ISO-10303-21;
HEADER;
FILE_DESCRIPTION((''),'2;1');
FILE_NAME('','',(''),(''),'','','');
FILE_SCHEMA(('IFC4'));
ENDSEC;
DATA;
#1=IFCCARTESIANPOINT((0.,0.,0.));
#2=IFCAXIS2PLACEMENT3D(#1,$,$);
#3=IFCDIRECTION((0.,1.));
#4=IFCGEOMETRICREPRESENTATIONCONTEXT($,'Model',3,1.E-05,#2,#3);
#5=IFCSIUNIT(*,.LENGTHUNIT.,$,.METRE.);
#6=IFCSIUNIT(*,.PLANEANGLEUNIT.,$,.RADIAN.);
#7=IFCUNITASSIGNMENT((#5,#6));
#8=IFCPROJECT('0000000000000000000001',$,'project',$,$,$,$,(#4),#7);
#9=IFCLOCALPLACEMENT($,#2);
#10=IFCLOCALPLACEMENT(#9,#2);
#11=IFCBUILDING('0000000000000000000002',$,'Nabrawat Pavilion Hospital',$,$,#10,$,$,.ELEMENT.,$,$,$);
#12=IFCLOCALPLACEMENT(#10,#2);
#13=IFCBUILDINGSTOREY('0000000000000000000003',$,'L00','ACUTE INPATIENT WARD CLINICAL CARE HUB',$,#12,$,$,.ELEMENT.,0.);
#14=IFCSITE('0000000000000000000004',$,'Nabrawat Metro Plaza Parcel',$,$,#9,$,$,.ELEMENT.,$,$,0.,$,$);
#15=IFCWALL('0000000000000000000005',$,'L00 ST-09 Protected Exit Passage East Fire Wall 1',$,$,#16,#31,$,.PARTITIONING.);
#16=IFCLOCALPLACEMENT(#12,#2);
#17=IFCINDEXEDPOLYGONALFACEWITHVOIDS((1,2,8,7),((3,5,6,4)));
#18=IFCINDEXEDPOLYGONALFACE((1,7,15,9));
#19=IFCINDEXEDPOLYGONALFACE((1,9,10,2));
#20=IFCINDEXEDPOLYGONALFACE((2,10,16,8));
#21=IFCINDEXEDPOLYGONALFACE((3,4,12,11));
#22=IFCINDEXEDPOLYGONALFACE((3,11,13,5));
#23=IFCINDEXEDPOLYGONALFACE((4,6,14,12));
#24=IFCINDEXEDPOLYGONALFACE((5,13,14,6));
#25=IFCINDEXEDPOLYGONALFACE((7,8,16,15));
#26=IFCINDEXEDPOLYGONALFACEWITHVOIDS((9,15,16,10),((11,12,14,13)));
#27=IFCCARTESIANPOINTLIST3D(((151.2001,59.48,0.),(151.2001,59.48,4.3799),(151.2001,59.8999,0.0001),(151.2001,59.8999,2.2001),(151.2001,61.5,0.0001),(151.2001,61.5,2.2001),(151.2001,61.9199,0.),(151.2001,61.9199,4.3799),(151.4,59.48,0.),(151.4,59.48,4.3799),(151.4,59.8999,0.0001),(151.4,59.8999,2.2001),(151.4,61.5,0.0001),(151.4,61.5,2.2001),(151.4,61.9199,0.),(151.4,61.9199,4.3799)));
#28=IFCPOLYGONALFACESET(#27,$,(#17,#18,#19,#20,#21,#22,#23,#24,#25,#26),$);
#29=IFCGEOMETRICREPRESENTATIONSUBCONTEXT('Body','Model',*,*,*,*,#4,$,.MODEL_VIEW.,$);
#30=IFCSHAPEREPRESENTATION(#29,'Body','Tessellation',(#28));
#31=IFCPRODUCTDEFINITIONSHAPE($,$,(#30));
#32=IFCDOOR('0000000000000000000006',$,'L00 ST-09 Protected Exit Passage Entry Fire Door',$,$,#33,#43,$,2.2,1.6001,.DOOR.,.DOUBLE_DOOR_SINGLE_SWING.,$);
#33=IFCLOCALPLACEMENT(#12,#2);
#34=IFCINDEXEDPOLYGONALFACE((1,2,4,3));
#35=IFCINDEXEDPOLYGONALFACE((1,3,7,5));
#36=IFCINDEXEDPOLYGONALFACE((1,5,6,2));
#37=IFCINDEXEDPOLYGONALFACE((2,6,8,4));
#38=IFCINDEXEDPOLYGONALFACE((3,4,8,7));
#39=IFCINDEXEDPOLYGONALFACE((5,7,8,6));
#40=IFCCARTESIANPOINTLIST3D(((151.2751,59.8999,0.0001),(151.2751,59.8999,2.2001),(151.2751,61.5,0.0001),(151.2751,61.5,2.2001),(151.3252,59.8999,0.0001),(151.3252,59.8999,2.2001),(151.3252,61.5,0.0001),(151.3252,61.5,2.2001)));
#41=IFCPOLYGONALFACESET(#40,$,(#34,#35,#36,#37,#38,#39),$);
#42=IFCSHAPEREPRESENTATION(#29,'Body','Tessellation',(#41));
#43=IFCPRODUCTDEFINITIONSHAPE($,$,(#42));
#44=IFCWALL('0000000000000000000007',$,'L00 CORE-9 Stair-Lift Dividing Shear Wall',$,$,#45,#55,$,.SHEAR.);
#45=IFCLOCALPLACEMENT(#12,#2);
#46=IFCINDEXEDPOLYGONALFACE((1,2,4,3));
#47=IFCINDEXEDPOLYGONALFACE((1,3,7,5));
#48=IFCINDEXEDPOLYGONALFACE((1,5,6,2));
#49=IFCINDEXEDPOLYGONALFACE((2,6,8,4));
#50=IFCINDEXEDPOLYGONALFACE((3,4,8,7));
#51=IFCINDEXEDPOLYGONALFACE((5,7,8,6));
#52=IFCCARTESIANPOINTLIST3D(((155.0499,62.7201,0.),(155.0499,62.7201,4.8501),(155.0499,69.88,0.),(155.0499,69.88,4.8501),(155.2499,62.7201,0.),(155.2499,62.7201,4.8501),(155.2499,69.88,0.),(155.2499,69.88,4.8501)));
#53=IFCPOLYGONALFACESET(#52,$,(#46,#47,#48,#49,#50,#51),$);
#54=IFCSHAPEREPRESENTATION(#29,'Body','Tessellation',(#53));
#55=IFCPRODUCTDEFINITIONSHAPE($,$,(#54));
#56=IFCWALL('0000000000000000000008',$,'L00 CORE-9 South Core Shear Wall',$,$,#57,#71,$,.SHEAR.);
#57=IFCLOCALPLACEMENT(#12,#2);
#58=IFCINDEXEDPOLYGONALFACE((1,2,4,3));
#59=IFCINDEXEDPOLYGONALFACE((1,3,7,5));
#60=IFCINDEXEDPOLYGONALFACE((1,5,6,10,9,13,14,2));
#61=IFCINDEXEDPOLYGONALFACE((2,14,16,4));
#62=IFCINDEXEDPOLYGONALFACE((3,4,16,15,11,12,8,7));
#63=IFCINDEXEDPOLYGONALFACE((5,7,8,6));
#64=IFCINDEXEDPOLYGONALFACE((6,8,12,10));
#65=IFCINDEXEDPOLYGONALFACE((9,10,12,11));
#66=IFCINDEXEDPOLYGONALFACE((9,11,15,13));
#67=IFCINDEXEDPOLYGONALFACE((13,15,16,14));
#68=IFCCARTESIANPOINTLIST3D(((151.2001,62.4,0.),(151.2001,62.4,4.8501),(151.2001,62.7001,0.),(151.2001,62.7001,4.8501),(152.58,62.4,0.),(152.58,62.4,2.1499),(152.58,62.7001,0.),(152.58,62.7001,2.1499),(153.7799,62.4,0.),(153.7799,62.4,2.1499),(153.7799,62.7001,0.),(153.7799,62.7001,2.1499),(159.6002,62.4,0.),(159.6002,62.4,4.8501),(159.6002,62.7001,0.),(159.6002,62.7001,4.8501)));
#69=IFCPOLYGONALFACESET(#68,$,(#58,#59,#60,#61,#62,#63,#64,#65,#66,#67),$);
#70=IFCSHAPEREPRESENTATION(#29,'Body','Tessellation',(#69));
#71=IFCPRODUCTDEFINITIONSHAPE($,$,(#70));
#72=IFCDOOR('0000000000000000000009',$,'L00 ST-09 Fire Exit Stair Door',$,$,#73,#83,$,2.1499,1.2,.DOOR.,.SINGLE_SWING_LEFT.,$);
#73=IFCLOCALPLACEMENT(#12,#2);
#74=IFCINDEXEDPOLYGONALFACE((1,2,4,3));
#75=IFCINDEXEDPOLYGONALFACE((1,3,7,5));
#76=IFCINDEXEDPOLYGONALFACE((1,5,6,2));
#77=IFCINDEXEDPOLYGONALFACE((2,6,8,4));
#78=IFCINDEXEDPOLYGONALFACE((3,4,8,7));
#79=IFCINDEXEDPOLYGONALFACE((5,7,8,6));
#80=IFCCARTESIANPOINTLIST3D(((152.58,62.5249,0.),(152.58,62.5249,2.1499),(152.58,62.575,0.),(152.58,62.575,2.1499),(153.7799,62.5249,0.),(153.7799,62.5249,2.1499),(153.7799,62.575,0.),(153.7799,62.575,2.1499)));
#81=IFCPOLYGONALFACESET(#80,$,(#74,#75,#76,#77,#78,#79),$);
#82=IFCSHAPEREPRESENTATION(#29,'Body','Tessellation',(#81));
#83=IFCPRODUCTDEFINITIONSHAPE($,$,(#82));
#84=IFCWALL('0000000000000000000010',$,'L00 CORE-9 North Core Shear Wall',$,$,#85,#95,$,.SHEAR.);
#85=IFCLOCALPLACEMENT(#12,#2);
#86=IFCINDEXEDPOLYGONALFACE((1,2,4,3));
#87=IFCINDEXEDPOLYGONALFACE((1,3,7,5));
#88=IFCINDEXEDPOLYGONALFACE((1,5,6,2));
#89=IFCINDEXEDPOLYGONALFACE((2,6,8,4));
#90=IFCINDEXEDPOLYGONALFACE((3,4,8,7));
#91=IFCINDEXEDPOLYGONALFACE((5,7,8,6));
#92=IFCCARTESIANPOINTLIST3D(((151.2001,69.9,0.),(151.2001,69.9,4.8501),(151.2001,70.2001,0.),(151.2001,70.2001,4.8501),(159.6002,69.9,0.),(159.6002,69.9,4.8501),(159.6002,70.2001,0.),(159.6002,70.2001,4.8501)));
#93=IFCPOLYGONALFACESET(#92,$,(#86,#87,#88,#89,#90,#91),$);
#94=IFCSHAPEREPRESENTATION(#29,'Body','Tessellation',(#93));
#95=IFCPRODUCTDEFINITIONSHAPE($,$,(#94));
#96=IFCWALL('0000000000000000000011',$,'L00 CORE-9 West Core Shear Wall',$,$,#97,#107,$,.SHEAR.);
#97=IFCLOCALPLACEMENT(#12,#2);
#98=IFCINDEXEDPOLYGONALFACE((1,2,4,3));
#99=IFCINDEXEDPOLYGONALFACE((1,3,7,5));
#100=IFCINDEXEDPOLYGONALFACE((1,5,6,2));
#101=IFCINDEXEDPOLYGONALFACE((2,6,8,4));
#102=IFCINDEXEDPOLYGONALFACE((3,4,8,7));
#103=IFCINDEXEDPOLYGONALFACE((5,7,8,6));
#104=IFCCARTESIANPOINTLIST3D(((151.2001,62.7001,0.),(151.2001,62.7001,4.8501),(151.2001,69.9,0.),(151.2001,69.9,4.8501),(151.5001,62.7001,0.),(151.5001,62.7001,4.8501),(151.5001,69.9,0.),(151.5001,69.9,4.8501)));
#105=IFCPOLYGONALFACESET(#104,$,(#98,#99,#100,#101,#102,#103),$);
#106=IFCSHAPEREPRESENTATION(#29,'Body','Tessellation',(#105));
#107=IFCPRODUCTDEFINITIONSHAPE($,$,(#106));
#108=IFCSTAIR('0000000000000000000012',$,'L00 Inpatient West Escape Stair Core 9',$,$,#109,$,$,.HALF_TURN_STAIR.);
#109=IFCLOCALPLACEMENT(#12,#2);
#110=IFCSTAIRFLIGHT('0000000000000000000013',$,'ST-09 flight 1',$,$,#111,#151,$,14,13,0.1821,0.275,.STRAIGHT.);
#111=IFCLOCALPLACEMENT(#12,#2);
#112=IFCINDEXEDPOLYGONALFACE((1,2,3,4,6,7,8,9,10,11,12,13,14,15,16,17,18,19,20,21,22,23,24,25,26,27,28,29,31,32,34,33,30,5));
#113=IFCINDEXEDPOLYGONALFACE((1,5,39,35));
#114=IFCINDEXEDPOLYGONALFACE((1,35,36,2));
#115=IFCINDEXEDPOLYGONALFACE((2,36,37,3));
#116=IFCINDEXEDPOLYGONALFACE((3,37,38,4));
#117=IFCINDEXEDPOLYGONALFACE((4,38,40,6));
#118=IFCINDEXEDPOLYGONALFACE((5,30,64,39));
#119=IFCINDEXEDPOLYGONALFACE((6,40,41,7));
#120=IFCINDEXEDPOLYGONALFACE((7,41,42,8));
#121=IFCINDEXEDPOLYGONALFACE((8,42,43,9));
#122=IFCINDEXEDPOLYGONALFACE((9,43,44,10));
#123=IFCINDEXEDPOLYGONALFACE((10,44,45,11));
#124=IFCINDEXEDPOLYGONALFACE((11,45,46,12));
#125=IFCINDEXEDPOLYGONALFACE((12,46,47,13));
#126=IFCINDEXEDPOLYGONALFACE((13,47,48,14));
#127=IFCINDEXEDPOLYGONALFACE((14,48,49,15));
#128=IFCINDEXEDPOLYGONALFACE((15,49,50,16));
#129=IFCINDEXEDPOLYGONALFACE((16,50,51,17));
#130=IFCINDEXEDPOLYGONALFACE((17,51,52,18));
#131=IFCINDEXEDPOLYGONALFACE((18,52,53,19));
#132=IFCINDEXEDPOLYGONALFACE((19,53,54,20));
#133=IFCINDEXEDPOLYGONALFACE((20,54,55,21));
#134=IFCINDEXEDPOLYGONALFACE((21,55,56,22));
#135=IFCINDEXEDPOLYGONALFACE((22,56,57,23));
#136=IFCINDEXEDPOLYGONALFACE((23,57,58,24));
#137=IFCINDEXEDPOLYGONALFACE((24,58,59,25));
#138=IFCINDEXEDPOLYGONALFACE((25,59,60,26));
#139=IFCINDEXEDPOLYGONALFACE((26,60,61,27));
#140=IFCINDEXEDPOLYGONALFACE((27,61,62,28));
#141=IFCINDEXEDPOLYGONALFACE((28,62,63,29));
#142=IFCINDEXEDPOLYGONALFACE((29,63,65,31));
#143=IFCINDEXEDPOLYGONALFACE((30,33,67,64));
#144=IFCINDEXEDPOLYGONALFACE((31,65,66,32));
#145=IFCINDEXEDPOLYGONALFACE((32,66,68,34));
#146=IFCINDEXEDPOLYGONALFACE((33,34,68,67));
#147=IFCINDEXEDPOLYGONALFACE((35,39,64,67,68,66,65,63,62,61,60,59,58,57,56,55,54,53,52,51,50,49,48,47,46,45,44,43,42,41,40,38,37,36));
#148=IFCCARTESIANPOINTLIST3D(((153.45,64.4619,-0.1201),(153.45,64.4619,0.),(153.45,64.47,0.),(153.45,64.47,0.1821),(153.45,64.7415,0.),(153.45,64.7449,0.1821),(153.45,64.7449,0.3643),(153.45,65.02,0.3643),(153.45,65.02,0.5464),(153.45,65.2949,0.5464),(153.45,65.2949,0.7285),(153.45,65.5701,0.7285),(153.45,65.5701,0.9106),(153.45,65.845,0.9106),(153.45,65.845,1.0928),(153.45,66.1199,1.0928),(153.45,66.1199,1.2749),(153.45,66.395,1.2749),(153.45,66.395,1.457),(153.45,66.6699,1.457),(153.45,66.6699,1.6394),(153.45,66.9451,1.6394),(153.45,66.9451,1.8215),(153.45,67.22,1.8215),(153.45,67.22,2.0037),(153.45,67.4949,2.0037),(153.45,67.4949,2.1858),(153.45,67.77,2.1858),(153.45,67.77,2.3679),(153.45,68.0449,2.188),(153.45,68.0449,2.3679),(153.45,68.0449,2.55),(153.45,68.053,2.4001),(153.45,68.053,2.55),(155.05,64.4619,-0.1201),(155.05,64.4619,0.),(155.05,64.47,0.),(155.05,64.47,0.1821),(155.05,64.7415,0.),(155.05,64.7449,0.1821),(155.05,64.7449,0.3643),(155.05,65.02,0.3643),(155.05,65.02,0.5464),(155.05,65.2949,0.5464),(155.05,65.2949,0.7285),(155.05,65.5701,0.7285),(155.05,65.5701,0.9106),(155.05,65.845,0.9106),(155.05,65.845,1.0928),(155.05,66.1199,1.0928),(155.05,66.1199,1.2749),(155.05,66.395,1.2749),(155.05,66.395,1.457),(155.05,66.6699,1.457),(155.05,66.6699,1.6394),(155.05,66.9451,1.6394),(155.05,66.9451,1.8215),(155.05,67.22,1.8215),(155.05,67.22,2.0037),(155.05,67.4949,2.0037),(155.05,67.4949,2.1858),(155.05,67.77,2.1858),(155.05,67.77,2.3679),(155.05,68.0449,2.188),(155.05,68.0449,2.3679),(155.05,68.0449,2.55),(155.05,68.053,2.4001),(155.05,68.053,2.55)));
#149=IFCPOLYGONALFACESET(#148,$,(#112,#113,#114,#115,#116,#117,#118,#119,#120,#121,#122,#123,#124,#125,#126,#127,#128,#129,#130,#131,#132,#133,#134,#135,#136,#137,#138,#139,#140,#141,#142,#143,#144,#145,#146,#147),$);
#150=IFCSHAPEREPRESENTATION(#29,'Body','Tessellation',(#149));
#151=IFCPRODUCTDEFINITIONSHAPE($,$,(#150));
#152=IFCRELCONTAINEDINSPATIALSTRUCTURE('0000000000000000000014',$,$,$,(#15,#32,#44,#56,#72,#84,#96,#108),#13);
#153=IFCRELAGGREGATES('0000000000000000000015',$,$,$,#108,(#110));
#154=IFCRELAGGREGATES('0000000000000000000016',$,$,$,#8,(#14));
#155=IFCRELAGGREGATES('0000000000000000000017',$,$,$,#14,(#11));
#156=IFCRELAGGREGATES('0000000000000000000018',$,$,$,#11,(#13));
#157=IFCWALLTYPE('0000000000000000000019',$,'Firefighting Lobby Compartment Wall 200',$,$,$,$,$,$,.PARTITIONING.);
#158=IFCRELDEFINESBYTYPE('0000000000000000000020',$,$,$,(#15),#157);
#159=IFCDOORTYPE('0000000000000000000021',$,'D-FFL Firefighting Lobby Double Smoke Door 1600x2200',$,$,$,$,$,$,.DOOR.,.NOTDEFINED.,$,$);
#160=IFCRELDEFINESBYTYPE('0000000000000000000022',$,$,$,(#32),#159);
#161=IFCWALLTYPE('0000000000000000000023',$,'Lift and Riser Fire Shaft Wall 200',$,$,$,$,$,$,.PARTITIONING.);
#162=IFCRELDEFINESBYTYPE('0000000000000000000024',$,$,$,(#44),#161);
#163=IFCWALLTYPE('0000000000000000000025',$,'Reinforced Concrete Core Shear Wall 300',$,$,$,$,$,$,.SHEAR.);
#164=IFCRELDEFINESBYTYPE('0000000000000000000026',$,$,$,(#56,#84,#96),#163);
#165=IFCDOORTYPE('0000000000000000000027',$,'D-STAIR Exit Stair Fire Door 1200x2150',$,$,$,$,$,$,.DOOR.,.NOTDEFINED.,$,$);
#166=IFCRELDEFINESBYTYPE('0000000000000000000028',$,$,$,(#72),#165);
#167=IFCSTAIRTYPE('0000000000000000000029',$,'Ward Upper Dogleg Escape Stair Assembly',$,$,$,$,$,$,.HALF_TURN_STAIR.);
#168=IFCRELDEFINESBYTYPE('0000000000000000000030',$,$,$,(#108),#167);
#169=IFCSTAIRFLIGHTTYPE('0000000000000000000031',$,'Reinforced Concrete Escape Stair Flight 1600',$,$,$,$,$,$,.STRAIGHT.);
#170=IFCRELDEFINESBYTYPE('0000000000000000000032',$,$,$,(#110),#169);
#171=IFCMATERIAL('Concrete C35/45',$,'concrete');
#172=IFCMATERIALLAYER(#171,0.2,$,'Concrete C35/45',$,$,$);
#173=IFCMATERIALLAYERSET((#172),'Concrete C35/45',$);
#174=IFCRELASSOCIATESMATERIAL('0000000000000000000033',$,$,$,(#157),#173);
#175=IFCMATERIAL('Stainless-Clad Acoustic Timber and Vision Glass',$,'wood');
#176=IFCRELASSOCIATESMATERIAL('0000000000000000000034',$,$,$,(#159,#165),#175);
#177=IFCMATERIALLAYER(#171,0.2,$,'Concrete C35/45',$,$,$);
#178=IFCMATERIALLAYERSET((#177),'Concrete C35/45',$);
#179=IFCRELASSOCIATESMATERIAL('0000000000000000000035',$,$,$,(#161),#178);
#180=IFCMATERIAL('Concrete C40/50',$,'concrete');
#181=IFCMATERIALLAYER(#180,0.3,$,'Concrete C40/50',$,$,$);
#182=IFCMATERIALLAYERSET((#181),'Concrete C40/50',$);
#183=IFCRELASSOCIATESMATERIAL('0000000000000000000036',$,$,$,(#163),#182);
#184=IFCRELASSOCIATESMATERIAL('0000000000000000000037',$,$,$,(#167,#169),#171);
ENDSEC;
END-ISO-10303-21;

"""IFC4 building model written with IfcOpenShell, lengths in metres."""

from ifc_helpers import new_model, si_unit, direction, frame, frame_2d, origin, place, context, subcontext, project, spatial, polyline, rectangle, outline, extrude, material, layer, layer_set, type_object, element, fill, aggregate, save


model = new_model("IFC4")

# Units and contexts
model_context = context("Model", 3, precision=1e-05, world=origin(), true_north=direction((0.0, 1.0)))
body_context = subcontext(model_context, "Body", "Model", "MODEL_VIEW")
ifc_project = project(units=[si_unit("LENGTHUNIT", "METRE"), si_unit("PLANEANGLEUNIT", "RADIAN")], contexts=[model_context])

# Site, building, storey
site_placement = place(None, origin())
site = spatial("IfcSite", under=ifc_project, at=site_placement, Name="Nabrawat Metro Plaza Parcel", CompositionType="ELEMENT", RefElevation=0.0)
building_placement = place(site_placement, origin())
building = spatial("IfcBuilding", under=site, at=building_placement, Name="Nabrawat Pavilion Hospital", CompositionType="ELEMENT")
storey_placement = place(building_placement, origin())
storey = spatial("IfcBuildingStorey", under=building, at=storey_placement, Name="L00", Description="ACUTE INPATIENT WARD CLINICAL CARE HUB", CompositionType="ELEMENT", Elevation=0.0)

# Shared definitions
ifc_material_1 = material(Name="Concrete C40/50", Category="concrete")

# Shared definitions
ifc_material_2 = material(Name="Concrete C35/45", Category="concrete")
ifc_layer_1 = layer(ifc_material_2, 0.2, Name="Concrete C35/45")
ifc_layer_set_1 = layer_set([ifc_layer_1], Name="Concrete C35/45")
wall_type_1 = type_object("IfcWallType", Name="Firefighting Lobby Compartment Wall 200", PredefinedType="PARTITIONING", material=ifc_layer_set_1)

# Wall, opening, door
wall_1_placement = place(storey_placement, frame((151.3, 59.48, 0.0), z_axis=(0.0, 0.0, 1.0), x_axis=(0.0, 1.0, 0.0)))
wall_1 = element("IfcWall", 1, at=wall_1_placement, inside=storey, type_object=wall_type_1, Name="L00 ST-09 Protected Exit Passage East Fire Wall 1", PredefinedType="PARTITIONING", context=body_context, shape_type="SweptSolid", body=[
    extrude(rectangle(XDim=2.4399, YDim=0.2, at=frame_2d((1.22, 0.0))), origin(), (0.0, 0.0, 1.0), 4.3799),
])
opening_1_placement = place(wall_1_placement, frame((0.4199, 0.0, 0.0)))
opening_1 = element("IfcOpeningElement", 2, at=opening_1_placement, cuts=wall_1, PredefinedType="OPENING", context=body_context, shape_type="SweptSolid", body=[
    extrude(rectangle(XDim=1.6001, YDim=2.2, at=frame_2d((0.8, 1.1001))), frame((0.0, 0.1099, 0.0), z_axis=(0.0, -1.0, 0.0), x_axis=(1.0, 0.0, 0.0)), (0.0, 0.0, 1.0), 0.22),
])
ifc_material_3 = material(Name="Stainless-Clad Acoustic Timber and Vision Glass", Category="wood")
door_type_1 = type_object("IfcDoorType", Name="D-FFL Firefighting Lobby Double Smoke Door 1600x2200", OperationType="NOTDEFINED", PredefinedType="DOOR", material=ifc_material_3)
door_1_placement = place(opening_1_placement, origin())
door_1 = element("IfcDoor", 3, at=door_1_placement, inside=storey, type_object=door_type_1, Name="L00 ST-09 Protected Exit Passage Entry Fire Door", OperationType="DOUBLE_DOOR_SINGLE_SWING", OverallHeight=2.2, OverallWidth=1.6001, PredefinedType="DOOR", context=body_context, shape_type="SweptSolid", body=[
    extrude(rectangle(XDim=1.6001, YDim=2.2, at=frame_2d((0.8, 1.1001))), frame((0.0, 0.0249, 0.0), z_axis=(0.0, -1.0, 0.0), x_axis=(1.0, 0.0, 0.0)), (0.0, 0.0, 1.0), 0.05),
])
fill(opening_1, door_1)

# Wall
ifc_layer_2 = layer(ifc_material_2, 0.2, Name="Concrete C35/45")
ifc_layer_set_2 = layer_set([ifc_layer_2], Name="Concrete C35/45")
wall_type_2 = type_object("IfcWallType", Name="Lift and Riser Fire Shaft Wall 200", PredefinedType="PARTITIONING", material=ifc_layer_set_2)
wall_2_placement = place(storey_placement, frame((155.1499, 62.72, 0.0), z_axis=(0.0, 0.0, 1.0), x_axis=(0.0, 1.0, 0.0)))
element("IfcWall", 4, at=wall_2_placement, inside=storey, type_object=wall_type_2, Name="L00 CORE-9 Stair-Lift Dividing Shear Wall", PredefinedType="SHEAR", context=body_context, shape_type="SweptSolid", body=[
    extrude(rectangle(XDim=7.1599, YDim=0.2, at=frame_2d((3.5801, 0.0))), origin(), (0.0, 0.0, 1.0), 4.8501),
])

# Wall, opening, door
ifc_layer_3 = layer(ifc_material_1, 0.3, Name="Concrete C40/50")
ifc_layer_set_3 = layer_set([ifc_layer_3], Name="Concrete C40/50")
wall_type_3 = type_object("IfcWallType", Name="Reinforced Concrete Core Shear Wall 300", PredefinedType="SHEAR", material=ifc_layer_set_3)
wall_3_placement = place(storey_placement, frame((151.2, 62.55, 0.0), z_axis=(0.0, 0.0, 1.0), x_axis=(1.0, 0.0, 0.0)))
wall_3 = element("IfcWall", 5, at=wall_3_placement, inside=storey, type_object=wall_type_3, Name="L00 CORE-9 South Core Shear Wall", PredefinedType="SHEAR", context=body_context, shape_type="SweptSolid", body=[
    extrude(rectangle(XDim=8.4001, YDim=0.3, at=frame_2d((4.2002, 0.0))), origin(), (0.0, 0.0, 1.0), 4.8501),
])
opening_2_placement = place(wall_3_placement, frame((1.3799, 0.0, 0.0)))
opening_2 = element("IfcOpeningElement", 6, at=opening_2_placement, cuts=wall_3, PredefinedType="OPENING", context=body_context, shape_type="SweptSolid", body=[
    extrude(rectangle(XDim=1.2, YDim=2.1499, at=frame_2d((0.6001, 1.075))), frame((0.0, 0.1602, 0.0), z_axis=(0.0, -1.0, 0.0), x_axis=(1.0, 0.0, 0.0)), (0.0, 0.0, 1.0), 0.3201),
])
door_type_2 = type_object("IfcDoorType", Name="D-STAIR Exit Stair Fire Door 1200x2150", OperationType="NOTDEFINED", PredefinedType="DOOR", material=ifc_material_3)
door_2_placement = place(opening_2_placement, origin())
door_2 = element("IfcDoor", 7, at=door_2_placement, inside=storey, type_object=door_type_2, Name="L00 ST-09 Fire Exit Stair Door", OperationType="SINGLE_SWING_LEFT", OverallHeight=2.1499, OverallWidth=1.2, PredefinedType="DOOR", context=body_context, shape_type="SweptSolid", body=[
    extrude(rectangle(XDim=1.2, YDim=2.1499, at=frame_2d((0.6001, 1.075))), frame((0.0, 0.0249, 0.0), z_axis=(0.0, -1.0, 0.0), x_axis=(1.0, 0.0, 0.0)), (0.0, 0.0, 1.0), 0.05),
])
fill(opening_2, door_2)

# Walls
wall_4_placement = place(storey_placement, frame((151.2, 70.05, 0.0), z_axis=(0.0, 0.0, 1.0), x_axis=(1.0, 0.0, 0.0)))
element("IfcWall", 8, at=wall_4_placement, inside=storey, type_object=wall_type_3, Name="L00 CORE-9 North Core Shear Wall", PredefinedType="SHEAR", context=body_context, shape_type="SweptSolid", body=[
    extrude(rectangle(XDim=8.4001, YDim=0.3, at=frame_2d((4.2002, 0.0))), origin(), (0.0, 0.0, 1.0), 4.8501),
])
wall_5_placement = place(storey_placement, frame((151.3501, 62.7, 0.0), z_axis=(0.0, 0.0, 1.0), x_axis=(0.0, 1.0, 0.0)))
element("IfcWall", 9, at=wall_5_placement, inside=storey, type_object=wall_type_3, Name="L00 CORE-9 West Core Shear Wall", PredefinedType="SHEAR", context=body_context, shape_type="SweptSolid", body=[
    extrude(rectangle(XDim=7.2, YDim=0.3, at=frame_2d((3.6001, 0.0))), origin(), (0.0, 0.0, 1.0), 4.8501),
])

# Stair, stair flight
stair_type = type_object("IfcStairType", Name="Ward Upper Dogleg Escape Stair Assembly", PredefinedType="HALF_TURN_STAIR", material=ifc_material_2)
stair_placement = place(storey_placement, origin())
stair = element("IfcStair", 10, at=stair_placement, inside=storey, type_object=stair_type, Name="L00 Inpatient West Escape Stair Core 9", PredefinedType="HALF_TURN_STAIR")
stair_flight_type = type_object("IfcStairFlightType", Name="Reinforced Concrete Escape Stair Flight 1600", PredefinedType="STRAIGHT", material=ifc_material_2)
stair_flight_1_placement = place(storey_placement, frame((154.25, 64.47, 0.0), z_axis=(0.0, 0.0, 1.0), x_axis=(0.0, 1.0, 0.0)))
stair_flight_1 = element("IfcStairFlight", 11, at=stair_flight_1_placement, type_object=stair_flight_type, Name="ST-09 flight 1", NumberOfRisers=14, NumberOfTreads=13, PredefinedType="STRAIGHT", RiserHeight=0.1821, TreadLength=0.275, context=body_context, shape_type="SweptSolid", body=[
    extrude(outline(polyline([(-0.0081, 0.0), (0.0, 0.0), (0.0, 0.1821), (0.2749, 0.1821), (0.2749, 0.3643), (0.55, 0.3643), (0.55, 0.5464), (0.825, 0.5464), (0.825, 0.7285), (1.1001, 0.7285), (1.1001, 0.9106), (1.375, 0.9106), (1.375, 1.0928), (1.6499, 1.0928), (1.6499, 1.2749), (1.925, 1.2749), (1.925, 1.457), (2.2, 1.457), (2.2, 1.6394), (2.4751, 1.6394), (2.4751, 1.8215), (2.75, 1.8215), (2.75, 2.0037), (3.0249, 2.0037), (3.0249, 2.1858), (3.3, 2.1858), (3.3, 2.3679), (3.575, 2.3679), (3.575, 2.55), (3.583, 2.55), (3.583, 2.4001), (3.575, 2.188), (0.2715, 0.0), (-0.0081, -0.1201), (-0.0081, 0.0)])), frame((0.0, 0.8, 0.0), z_axis=(0.0, -1.0, 0.0), x_axis=(1.0, 0.0, 0.0)), (0.0, 0.0, 1.0), 1.6001),
])
aggregate(stair, [stair_flight_1])

save(model, "model.ifc")
